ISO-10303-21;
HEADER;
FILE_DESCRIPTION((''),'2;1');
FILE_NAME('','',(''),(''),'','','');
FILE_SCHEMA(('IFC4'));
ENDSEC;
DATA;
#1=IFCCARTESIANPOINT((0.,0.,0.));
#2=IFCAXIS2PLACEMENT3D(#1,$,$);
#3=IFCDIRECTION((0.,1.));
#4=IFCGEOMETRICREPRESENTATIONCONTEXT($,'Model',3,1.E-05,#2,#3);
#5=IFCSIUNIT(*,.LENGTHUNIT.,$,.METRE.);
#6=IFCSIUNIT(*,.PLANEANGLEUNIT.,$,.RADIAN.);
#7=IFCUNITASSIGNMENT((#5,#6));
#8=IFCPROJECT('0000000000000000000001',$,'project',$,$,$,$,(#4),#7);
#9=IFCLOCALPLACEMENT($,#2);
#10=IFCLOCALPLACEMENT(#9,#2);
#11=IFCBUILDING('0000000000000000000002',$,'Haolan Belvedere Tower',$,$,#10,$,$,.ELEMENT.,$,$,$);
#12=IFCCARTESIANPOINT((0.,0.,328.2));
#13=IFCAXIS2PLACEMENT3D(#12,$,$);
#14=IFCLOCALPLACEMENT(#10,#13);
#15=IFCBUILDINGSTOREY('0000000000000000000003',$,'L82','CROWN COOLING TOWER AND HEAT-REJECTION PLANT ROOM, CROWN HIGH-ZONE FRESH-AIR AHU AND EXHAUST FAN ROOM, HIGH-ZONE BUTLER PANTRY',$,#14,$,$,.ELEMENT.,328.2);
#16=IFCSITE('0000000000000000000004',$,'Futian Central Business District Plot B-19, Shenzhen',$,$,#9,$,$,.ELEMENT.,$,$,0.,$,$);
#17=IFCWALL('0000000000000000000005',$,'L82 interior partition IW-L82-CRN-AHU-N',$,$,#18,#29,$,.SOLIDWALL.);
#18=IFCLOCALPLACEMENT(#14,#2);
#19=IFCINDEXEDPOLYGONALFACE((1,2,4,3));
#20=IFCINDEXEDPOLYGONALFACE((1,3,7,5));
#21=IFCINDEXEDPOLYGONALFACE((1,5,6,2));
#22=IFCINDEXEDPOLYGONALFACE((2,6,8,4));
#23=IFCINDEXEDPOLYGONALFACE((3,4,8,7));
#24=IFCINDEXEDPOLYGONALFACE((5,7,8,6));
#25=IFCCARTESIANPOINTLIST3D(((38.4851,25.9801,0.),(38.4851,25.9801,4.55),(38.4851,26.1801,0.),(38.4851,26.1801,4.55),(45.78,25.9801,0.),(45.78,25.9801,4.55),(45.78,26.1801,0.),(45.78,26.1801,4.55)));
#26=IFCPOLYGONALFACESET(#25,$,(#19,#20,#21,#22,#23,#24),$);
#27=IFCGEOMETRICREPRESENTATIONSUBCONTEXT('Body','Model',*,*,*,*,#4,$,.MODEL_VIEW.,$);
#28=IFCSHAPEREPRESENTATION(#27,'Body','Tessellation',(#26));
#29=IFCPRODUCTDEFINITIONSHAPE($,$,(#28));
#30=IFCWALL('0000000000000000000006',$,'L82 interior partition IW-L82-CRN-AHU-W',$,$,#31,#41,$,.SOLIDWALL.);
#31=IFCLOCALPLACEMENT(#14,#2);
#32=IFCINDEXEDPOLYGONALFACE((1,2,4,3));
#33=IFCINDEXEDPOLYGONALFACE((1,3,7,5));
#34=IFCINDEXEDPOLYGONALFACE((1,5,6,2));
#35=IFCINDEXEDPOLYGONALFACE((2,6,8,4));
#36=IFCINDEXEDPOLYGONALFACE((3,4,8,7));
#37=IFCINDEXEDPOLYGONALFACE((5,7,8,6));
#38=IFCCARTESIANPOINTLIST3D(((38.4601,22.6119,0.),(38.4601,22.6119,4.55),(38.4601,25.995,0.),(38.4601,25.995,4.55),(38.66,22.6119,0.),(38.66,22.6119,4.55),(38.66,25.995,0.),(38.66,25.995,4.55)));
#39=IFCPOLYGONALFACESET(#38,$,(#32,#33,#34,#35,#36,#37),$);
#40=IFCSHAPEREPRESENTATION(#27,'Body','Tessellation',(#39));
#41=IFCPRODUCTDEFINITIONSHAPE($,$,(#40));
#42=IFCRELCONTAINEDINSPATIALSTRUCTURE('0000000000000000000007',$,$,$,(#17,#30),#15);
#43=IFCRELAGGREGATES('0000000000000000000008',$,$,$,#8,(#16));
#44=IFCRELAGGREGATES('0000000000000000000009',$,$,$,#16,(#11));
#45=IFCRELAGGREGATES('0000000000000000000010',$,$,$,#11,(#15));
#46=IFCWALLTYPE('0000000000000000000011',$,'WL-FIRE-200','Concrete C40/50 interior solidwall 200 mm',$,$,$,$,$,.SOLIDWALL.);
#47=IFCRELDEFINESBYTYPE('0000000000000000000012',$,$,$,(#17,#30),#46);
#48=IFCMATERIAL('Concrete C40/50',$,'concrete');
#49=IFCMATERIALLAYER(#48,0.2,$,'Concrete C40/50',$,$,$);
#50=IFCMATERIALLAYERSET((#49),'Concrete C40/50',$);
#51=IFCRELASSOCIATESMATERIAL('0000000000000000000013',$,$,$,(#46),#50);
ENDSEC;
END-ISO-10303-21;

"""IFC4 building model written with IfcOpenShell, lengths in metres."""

from ifc_helpers import new_model, si_unit, direction, frame, frame_2d, origin, place, context, subcontext, project, spatial, rectangle, extrude, material, layer, layer_set, type_object, element, save


model = new_model("IFC4")

# Units and contexts
model_context = context("Model", 3, precision=1e-05, world=origin(), true_north=direction((0.0, 1.0)))
body_context = subcontext(model_context, "Body", "Model", "MODEL_VIEW")
ifc_project = project(units=[si_unit("LENGTHUNIT", "METRE"), si_unit("PLANEANGLEUNIT", "RADIAN")], contexts=[model_context])

# Site, building, storey
site_placement = place(None, origin())
site = spatial("IfcSite", under=ifc_project, at=site_placement, Name="Futian Central Business District Plot B-19, Shenzhen", CompositionType="ELEMENT", RefElevation=0.0)
building_placement = place(site_placement, origin())
building = spatial("IfcBuilding", under=site, at=building_placement, Name="Haolan Belvedere Tower", CompositionType="ELEMENT")
storey_placement = place(building_placement, frame((0.0, 0.0, 328.2)))
storey = spatial("IfcBuildingStorey", under=building, at=storey_placement, Name="L82", Description="CROWN COOLING TOWER AND HEAT-REJECTION PLANT ROOM, CROWN HIGH-ZONE FRESH-AIR AHU AND EXHAUST FAN ROOM, HIGH-ZONE BUTLER PANTRY", CompositionType="ELEMENT", Elevation=328.2)

# Walls
ifc_material_1 = material(Name="Concrete C40/50", Category="concrete")
ifc_layer_1 = layer(ifc_material_1, 0.2, Name="Concrete C40/50")
ifc_layer_set_1 = layer_set([ifc_layer_1], Name="Concrete C40/50")
wall_type = type_object("IfcWallType", Name="WL-FIRE-200", Description="Concrete C40/50 interior solidwall 200 mm", PredefinedType="SOLIDWALL", material=ifc_layer_set_1)
wall_1_placement = place(storey_placement, frame((38.4851, 26.0801, 0.0), z_axis=(0.0, 0.0, 1.0), x_axis=(1.0, 0.0, 0.0)))
element("IfcWall", 1, at=wall_1_placement, inside=storey, type_object=wall_type, Name="L82 interior partition IW-L82-CRN-AHU-N", PredefinedType="SOLIDWALL", context=body_context, shape_type="SweptSolid", body=[
    extrude(rectangle(XDim=7.2949, YDim=0.2, at=frame_2d((3.6475, 0.0))), origin(), (0.0, 0.0, 1.0), 4.55),
])
wall_2_placement = place(storey_placement, frame((38.5601, 22.6121, 0.0), z_axis=(0.0, 0.0, 1.0), x_axis=(0.0, 1.0, 0.0)))
element("IfcWall", 2, at=wall_2_placement, inside=storey, type_object=wall_type, Name="L82 interior partition IW-L82-CRN-AHU-W", PredefinedType="SOLIDWALL", context=body_context, shape_type="SweptSolid", body=[
    extrude(rectangle(XDim=3.3831, YDim=0.2, at=frame_2d((1.6914, 0.0))), origin(), (0.0, 0.0, 1.0), 4.55),
])

save(model, "model.ifc")
